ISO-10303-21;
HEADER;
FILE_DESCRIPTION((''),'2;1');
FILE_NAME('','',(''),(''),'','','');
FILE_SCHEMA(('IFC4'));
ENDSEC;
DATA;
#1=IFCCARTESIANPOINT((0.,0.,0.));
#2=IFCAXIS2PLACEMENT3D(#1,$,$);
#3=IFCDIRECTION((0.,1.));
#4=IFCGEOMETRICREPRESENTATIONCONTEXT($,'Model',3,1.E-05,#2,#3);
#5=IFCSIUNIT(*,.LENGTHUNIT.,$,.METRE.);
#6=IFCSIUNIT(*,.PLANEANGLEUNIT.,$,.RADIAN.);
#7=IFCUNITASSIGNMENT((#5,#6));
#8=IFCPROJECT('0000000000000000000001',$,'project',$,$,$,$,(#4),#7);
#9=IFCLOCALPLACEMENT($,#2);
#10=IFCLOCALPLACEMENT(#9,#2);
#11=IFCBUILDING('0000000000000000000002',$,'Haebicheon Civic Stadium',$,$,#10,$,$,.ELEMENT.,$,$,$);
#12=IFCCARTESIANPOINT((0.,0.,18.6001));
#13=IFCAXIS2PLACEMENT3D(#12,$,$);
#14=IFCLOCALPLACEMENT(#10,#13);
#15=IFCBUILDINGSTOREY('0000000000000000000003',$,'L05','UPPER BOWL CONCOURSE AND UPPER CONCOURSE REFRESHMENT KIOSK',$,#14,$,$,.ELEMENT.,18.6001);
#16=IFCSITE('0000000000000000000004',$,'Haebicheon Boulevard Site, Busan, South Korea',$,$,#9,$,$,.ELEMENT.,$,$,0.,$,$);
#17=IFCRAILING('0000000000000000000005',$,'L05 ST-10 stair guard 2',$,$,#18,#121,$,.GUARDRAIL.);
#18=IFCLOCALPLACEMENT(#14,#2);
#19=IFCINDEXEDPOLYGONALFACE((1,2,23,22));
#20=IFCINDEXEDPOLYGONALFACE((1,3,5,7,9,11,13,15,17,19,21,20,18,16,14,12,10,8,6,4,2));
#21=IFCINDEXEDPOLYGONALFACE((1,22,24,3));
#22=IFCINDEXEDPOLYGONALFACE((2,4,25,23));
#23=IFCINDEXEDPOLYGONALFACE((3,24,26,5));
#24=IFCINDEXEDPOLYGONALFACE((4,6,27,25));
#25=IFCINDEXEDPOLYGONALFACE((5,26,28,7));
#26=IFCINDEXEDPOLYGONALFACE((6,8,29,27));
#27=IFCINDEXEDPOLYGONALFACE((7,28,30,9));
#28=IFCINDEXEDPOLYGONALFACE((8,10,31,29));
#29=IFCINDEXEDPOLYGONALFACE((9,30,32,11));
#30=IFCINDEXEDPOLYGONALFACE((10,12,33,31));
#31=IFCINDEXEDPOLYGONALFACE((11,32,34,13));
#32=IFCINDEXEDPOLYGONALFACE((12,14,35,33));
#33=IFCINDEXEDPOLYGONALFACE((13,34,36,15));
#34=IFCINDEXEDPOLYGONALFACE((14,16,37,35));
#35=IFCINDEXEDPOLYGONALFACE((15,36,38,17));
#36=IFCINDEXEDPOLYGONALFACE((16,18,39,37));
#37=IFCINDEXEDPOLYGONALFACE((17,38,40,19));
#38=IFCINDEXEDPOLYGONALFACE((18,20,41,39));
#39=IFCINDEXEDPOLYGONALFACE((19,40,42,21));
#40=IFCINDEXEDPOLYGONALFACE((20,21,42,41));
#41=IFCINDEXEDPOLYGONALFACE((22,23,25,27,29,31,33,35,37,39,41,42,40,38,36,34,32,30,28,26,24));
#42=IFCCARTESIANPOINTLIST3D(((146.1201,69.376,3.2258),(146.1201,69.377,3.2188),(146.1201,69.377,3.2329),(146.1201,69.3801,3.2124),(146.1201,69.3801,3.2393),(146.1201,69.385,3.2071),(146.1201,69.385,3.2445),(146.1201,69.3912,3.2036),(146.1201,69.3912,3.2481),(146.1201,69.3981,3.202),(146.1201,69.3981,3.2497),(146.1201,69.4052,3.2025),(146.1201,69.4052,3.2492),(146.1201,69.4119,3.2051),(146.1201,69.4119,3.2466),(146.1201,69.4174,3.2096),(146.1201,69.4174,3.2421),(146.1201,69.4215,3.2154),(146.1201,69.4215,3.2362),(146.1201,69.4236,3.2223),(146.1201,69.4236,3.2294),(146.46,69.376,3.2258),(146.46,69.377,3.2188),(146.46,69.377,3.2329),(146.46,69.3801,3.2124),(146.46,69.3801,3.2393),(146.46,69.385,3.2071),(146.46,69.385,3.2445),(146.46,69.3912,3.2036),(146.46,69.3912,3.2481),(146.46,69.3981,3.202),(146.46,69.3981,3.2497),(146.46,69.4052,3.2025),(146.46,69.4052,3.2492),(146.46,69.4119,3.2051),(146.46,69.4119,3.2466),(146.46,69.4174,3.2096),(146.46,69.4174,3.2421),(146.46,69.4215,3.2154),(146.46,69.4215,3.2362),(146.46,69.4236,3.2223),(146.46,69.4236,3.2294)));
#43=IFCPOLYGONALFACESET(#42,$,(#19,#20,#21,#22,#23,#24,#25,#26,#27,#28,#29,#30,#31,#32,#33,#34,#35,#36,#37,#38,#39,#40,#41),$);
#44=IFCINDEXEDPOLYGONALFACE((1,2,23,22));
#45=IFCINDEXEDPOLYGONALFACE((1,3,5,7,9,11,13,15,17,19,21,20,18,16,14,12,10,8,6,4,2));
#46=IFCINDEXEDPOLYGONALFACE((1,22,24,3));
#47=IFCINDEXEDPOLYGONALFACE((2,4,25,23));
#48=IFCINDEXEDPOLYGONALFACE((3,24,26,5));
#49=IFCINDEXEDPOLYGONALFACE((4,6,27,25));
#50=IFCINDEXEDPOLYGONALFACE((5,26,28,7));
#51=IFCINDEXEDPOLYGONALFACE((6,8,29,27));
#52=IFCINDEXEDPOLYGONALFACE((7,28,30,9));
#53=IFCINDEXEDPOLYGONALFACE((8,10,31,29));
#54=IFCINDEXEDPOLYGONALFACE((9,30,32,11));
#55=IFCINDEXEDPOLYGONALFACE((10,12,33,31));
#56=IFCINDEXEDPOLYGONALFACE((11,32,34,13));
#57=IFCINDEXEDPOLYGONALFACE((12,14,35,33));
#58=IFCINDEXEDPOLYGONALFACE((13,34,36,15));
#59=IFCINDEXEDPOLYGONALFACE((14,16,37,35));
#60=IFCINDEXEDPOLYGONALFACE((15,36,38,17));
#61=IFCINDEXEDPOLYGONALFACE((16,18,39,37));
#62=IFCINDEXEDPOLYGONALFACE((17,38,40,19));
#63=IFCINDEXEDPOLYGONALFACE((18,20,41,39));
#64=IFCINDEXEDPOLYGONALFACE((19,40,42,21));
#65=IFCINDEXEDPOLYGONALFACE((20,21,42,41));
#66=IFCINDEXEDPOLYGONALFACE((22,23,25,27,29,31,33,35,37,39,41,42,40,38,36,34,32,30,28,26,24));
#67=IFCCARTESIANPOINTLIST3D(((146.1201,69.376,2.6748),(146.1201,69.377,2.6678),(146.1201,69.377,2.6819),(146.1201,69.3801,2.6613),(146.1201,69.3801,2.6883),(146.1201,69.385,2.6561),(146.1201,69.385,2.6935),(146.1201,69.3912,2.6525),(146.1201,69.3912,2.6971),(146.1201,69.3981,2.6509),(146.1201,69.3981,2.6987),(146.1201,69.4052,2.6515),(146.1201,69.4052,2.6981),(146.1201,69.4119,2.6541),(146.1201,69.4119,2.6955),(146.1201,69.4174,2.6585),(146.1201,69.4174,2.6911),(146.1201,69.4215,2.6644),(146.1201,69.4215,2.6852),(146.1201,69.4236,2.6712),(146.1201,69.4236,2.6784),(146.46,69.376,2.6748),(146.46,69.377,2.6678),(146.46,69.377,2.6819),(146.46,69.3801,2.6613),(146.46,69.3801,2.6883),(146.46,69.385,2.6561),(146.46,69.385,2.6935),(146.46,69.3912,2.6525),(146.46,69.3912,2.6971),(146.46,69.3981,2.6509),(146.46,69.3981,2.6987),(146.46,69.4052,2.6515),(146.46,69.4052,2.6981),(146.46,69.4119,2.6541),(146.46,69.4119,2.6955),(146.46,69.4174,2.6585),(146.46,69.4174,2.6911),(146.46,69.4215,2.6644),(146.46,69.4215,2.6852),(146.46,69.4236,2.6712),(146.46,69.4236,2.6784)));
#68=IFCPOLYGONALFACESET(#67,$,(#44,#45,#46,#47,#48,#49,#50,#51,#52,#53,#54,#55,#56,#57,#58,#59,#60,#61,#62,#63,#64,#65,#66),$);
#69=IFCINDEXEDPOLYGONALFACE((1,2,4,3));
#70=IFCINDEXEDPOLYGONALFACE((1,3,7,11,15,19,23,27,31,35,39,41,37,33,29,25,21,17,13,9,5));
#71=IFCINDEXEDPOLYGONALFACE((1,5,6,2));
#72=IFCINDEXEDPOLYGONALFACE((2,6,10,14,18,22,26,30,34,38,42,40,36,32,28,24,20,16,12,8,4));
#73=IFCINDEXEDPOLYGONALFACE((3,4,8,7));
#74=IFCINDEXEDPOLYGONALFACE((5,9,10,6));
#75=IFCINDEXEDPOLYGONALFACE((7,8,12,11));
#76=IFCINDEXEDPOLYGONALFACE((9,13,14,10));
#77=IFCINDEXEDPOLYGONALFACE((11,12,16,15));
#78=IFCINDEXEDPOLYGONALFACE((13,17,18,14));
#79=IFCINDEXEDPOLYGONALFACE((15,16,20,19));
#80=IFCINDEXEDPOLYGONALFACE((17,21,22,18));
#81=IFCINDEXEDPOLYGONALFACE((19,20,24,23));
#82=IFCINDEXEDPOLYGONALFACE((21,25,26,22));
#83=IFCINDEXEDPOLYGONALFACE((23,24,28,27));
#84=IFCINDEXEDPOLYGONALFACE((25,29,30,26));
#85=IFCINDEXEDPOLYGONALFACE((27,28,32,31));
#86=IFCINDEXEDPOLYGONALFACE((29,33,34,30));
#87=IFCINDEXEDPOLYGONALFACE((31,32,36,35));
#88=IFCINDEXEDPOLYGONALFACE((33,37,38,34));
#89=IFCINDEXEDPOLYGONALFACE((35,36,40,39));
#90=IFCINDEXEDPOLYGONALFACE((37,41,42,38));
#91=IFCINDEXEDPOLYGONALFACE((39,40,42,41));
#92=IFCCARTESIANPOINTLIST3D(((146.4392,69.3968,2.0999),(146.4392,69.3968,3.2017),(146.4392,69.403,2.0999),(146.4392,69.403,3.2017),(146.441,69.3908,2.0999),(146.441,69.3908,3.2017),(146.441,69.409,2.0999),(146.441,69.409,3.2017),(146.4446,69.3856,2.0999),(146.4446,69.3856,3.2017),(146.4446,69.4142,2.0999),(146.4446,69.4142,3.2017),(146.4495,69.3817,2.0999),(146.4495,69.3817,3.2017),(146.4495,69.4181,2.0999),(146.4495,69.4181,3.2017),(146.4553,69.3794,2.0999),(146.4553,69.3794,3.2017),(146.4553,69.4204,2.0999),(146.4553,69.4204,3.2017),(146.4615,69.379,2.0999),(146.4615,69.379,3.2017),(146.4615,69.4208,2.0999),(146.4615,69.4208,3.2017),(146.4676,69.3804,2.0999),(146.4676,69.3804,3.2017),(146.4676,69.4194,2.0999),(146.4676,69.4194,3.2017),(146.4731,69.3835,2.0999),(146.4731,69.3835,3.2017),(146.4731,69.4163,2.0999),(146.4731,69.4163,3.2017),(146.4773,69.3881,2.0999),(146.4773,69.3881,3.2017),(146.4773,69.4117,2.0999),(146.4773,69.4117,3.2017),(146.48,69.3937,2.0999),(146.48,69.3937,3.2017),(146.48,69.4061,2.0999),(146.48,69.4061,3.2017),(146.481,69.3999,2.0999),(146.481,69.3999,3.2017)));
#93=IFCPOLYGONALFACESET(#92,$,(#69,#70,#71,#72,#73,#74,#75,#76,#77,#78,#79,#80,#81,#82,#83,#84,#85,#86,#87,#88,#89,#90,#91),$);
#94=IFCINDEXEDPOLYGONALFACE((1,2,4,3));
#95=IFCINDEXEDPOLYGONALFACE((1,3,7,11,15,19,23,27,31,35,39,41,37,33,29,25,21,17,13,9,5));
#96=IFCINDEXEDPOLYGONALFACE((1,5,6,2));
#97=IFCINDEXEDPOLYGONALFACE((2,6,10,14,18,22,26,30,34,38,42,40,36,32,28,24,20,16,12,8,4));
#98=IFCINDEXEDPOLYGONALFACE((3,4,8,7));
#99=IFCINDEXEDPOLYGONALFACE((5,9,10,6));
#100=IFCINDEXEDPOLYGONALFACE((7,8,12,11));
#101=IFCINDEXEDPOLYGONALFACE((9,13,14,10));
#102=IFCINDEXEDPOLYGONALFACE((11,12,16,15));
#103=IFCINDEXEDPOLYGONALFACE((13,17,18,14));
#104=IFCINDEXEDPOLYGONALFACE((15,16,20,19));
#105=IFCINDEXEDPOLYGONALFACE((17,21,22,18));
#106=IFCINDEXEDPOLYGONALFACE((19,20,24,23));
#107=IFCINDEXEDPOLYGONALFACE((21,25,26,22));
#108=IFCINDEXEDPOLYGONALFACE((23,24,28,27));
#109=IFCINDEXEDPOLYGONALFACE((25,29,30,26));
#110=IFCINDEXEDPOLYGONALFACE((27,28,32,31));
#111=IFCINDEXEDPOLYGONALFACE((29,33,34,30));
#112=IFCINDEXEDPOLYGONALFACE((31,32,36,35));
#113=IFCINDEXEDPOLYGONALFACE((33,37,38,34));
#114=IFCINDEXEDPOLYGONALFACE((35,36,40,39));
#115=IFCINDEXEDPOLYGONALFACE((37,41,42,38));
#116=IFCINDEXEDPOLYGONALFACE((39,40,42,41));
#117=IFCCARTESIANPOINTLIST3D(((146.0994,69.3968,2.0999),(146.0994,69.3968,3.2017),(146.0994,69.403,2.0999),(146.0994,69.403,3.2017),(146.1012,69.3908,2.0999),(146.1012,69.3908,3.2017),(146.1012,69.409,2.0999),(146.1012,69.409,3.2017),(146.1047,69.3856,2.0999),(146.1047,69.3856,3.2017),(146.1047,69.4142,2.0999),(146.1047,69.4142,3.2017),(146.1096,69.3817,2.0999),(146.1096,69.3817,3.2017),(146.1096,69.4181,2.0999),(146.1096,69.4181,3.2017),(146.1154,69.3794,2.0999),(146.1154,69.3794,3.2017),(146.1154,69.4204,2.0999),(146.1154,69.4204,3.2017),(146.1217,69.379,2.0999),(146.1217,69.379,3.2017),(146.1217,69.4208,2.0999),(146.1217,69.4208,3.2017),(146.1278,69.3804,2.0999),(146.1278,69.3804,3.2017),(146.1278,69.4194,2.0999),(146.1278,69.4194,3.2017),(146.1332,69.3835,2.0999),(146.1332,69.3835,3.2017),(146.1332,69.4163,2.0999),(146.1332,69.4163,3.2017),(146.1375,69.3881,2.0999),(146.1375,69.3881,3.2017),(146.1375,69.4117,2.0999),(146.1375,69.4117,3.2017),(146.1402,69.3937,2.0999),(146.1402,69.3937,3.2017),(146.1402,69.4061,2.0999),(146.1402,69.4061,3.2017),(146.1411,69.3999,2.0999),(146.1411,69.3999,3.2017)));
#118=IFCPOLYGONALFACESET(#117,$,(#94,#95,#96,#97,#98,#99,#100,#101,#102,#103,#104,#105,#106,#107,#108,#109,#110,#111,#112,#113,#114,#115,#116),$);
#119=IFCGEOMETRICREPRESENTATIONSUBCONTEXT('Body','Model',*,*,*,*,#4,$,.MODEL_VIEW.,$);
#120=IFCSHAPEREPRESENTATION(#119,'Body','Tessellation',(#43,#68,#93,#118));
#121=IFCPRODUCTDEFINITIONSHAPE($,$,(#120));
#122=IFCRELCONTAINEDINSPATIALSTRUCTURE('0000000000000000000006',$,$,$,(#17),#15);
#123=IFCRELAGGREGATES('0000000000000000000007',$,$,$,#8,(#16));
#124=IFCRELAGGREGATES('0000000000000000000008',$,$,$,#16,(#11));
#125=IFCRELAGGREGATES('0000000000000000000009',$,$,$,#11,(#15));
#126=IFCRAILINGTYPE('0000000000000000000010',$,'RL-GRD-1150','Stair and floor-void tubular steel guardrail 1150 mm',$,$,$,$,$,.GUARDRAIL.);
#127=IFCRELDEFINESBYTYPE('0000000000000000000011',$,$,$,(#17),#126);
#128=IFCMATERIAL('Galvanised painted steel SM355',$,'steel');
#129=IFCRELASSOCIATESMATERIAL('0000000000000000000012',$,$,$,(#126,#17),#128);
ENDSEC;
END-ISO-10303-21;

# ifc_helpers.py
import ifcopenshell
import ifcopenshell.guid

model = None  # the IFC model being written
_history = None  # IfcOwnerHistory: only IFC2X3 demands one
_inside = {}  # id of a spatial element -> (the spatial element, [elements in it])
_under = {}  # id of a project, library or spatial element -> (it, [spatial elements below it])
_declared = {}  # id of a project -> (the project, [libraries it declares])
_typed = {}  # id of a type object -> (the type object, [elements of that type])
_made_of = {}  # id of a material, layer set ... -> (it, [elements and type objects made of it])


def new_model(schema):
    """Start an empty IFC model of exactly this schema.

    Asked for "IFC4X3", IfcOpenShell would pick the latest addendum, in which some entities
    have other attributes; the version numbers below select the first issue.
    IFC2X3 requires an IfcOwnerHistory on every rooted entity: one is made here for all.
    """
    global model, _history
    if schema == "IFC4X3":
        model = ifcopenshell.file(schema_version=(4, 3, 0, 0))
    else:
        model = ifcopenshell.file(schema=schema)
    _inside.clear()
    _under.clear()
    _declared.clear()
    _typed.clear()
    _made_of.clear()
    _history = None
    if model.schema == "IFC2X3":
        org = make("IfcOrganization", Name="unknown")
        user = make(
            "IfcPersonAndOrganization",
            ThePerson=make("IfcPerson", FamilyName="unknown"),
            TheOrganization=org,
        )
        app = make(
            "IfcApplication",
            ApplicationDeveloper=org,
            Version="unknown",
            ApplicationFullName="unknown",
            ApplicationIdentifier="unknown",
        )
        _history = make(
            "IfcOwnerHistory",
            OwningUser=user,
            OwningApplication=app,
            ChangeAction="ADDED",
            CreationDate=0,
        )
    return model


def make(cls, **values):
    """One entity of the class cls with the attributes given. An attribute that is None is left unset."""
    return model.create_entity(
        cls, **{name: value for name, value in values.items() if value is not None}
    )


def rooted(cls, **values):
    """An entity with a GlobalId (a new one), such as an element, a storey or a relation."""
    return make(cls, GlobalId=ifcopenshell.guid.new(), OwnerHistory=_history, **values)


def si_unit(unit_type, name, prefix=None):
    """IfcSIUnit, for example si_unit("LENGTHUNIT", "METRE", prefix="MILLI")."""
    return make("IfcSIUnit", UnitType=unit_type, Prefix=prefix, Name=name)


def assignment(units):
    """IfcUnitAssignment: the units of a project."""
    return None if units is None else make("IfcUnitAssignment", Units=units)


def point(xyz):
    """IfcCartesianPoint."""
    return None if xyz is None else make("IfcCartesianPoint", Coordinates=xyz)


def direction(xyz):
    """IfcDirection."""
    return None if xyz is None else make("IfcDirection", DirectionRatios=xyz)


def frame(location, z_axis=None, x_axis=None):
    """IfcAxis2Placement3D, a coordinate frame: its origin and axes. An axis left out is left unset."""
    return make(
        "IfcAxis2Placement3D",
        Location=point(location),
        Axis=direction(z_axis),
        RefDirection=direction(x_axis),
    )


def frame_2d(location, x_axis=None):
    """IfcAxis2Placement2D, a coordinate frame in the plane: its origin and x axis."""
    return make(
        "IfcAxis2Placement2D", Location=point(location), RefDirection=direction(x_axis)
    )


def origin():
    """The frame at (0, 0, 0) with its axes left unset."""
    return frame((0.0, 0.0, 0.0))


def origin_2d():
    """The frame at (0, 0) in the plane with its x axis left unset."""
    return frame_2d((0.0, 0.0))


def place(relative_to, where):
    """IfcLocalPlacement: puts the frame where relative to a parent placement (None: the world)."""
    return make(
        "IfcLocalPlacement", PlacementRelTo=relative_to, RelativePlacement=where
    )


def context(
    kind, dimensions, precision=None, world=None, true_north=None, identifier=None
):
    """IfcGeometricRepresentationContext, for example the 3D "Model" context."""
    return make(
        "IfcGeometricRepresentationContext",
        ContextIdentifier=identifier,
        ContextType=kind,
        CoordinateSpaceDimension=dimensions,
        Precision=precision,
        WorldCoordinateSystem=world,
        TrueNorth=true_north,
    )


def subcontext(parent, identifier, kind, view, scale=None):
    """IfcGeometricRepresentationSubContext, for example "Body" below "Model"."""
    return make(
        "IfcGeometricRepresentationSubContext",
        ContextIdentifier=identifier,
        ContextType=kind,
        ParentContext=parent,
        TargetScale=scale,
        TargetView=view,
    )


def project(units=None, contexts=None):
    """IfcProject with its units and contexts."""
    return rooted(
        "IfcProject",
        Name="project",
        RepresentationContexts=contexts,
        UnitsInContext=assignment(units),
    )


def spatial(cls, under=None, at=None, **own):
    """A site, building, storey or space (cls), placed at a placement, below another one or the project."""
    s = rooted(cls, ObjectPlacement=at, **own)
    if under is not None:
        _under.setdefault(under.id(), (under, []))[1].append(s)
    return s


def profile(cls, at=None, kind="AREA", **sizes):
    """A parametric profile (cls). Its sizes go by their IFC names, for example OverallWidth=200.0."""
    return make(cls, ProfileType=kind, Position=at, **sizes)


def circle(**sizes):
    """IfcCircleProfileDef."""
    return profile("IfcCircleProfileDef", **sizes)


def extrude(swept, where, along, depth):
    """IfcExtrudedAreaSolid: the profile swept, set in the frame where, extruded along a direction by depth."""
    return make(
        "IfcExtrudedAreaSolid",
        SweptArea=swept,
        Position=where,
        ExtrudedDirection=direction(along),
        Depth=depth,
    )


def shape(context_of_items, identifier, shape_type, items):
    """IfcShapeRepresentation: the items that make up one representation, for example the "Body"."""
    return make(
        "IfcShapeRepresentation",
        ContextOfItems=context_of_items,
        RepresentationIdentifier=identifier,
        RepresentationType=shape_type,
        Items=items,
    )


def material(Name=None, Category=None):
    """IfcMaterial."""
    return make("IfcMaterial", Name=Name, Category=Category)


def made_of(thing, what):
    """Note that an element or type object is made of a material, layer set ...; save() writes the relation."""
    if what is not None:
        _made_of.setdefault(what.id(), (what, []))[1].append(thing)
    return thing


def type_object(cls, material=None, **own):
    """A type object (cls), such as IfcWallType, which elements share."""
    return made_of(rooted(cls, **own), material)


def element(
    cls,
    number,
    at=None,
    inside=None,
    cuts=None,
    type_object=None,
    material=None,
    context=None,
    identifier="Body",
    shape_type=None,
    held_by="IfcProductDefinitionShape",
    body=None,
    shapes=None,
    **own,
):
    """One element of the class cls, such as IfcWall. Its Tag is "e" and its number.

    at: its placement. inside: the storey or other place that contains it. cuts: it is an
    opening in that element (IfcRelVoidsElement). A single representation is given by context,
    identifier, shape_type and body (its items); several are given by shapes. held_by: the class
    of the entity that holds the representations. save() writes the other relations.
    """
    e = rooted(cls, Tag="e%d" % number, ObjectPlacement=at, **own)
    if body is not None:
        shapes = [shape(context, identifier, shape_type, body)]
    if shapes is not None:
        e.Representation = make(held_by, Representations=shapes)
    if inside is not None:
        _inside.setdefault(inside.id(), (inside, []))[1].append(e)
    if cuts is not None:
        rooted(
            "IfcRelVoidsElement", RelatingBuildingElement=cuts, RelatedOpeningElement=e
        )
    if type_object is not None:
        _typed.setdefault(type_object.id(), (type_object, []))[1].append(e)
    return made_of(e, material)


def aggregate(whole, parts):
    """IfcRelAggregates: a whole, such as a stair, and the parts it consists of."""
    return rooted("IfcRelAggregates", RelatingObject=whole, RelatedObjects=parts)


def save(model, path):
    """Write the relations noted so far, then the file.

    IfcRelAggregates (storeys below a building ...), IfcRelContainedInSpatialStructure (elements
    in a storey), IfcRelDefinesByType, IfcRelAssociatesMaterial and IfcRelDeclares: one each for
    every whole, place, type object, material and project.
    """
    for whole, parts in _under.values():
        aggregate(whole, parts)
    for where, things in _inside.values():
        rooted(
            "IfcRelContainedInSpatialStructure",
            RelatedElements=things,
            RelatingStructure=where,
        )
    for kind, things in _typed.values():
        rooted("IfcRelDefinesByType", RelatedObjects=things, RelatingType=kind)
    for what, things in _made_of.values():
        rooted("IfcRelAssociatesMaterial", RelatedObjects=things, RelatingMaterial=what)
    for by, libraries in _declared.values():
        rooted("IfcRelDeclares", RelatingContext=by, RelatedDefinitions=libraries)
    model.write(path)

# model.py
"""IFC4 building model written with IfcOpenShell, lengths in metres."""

from ifc_helpers import new_model, si_unit, direction, frame, origin, origin_2d, place, context, subcontext, project, spatial, circle, extrude, material, type_object, element, save


model = new_model("IFC4")

# Units and contexts
model_context = context("Model", 3, precision=1e-05, world=origin(), true_north=direction((0.0, 1.0)))
body_context = subcontext(model_context, "Body", "Model", "MODEL_VIEW")
ifc_project = project(units=[si_unit("LENGTHUNIT", "METRE"), si_unit("PLANEANGLEUNIT", "RADIAN")], contexts=[model_context])

# Site, building, storey
site_placement = place(None, origin())
site = spatial("IfcSite", under=ifc_project, at=site_placement, Name="Haebicheon Boulevard Site, Busan, South Korea", CompositionType="ELEMENT", RefElevation=0.0)
building_placement = place(site_placement, origin())
building = spatial("IfcBuilding", under=site, at=building_placement, Name="Haebicheon Civic Stadium", CompositionType="ELEMENT")
storey_placement = place(building_placement, frame((0.0, 0.0, 18.6001)))
storey = spatial("IfcBuildingStorey", under=building, at=storey_placement, Name="L05", Description="UPPER BOWL CONCOURSE AND UPPER CONCOURSE REFRESHMENT KIOSK", CompositionType="ELEMENT", Elevation=18.6001)

# Railing
ifc_material_1 = material(Name="Galvanised painted steel SM355", Category="steel")
railing_type_1 = type_object("IfcRailingType", Name="RL-GRD-1150", Description="Stair and floor-void tubular steel guardrail 1150 mm", PredefinedType="GUARDRAIL", material=ifc_material_1)
railing_1_placement = place(storey_placement, frame((146.46, 69.3999, 2.0999)))
element("IfcRailing", 1, at=railing_1_placement, inside=storey, type_object=railing_type_1, material=ifc_material_1, Name="L05 ST-10 stair guard 2", PredefinedType="GUARDRAIL", context=body_context, shape_type="SweptSolid", body=[
    extrude(circle(Radius=0.0239, at=origin_2d()), frame((0.0, 0.0, 1.126), z_axis=(-1.0, 0.0, 0.0), x_axis=(0.0, -1.0, 0.0)), (0.0, 0.0, 1.0), 0.3398),
    extrude(circle(Radius=0.0239, at=origin_2d()), frame((0.0, 0.0, 0.575), z_axis=(-1.0, 0.0, 0.0), x_axis=(0.0, -1.0, 0.0)), (0.0, 0.0, 1.0), 0.3398),
    extrude(circle(Radius=0.021, at=origin_2d()), origin(), (0.0, 0.0, 1.0), 1.1018),
    extrude(circle(Radius=0.021, at=origin_2d()), frame((-0.3398, 0.0, 0.0)), (0.0, 0.0, 1.0), 1.1018),
])

save(model, "model.ifc")
